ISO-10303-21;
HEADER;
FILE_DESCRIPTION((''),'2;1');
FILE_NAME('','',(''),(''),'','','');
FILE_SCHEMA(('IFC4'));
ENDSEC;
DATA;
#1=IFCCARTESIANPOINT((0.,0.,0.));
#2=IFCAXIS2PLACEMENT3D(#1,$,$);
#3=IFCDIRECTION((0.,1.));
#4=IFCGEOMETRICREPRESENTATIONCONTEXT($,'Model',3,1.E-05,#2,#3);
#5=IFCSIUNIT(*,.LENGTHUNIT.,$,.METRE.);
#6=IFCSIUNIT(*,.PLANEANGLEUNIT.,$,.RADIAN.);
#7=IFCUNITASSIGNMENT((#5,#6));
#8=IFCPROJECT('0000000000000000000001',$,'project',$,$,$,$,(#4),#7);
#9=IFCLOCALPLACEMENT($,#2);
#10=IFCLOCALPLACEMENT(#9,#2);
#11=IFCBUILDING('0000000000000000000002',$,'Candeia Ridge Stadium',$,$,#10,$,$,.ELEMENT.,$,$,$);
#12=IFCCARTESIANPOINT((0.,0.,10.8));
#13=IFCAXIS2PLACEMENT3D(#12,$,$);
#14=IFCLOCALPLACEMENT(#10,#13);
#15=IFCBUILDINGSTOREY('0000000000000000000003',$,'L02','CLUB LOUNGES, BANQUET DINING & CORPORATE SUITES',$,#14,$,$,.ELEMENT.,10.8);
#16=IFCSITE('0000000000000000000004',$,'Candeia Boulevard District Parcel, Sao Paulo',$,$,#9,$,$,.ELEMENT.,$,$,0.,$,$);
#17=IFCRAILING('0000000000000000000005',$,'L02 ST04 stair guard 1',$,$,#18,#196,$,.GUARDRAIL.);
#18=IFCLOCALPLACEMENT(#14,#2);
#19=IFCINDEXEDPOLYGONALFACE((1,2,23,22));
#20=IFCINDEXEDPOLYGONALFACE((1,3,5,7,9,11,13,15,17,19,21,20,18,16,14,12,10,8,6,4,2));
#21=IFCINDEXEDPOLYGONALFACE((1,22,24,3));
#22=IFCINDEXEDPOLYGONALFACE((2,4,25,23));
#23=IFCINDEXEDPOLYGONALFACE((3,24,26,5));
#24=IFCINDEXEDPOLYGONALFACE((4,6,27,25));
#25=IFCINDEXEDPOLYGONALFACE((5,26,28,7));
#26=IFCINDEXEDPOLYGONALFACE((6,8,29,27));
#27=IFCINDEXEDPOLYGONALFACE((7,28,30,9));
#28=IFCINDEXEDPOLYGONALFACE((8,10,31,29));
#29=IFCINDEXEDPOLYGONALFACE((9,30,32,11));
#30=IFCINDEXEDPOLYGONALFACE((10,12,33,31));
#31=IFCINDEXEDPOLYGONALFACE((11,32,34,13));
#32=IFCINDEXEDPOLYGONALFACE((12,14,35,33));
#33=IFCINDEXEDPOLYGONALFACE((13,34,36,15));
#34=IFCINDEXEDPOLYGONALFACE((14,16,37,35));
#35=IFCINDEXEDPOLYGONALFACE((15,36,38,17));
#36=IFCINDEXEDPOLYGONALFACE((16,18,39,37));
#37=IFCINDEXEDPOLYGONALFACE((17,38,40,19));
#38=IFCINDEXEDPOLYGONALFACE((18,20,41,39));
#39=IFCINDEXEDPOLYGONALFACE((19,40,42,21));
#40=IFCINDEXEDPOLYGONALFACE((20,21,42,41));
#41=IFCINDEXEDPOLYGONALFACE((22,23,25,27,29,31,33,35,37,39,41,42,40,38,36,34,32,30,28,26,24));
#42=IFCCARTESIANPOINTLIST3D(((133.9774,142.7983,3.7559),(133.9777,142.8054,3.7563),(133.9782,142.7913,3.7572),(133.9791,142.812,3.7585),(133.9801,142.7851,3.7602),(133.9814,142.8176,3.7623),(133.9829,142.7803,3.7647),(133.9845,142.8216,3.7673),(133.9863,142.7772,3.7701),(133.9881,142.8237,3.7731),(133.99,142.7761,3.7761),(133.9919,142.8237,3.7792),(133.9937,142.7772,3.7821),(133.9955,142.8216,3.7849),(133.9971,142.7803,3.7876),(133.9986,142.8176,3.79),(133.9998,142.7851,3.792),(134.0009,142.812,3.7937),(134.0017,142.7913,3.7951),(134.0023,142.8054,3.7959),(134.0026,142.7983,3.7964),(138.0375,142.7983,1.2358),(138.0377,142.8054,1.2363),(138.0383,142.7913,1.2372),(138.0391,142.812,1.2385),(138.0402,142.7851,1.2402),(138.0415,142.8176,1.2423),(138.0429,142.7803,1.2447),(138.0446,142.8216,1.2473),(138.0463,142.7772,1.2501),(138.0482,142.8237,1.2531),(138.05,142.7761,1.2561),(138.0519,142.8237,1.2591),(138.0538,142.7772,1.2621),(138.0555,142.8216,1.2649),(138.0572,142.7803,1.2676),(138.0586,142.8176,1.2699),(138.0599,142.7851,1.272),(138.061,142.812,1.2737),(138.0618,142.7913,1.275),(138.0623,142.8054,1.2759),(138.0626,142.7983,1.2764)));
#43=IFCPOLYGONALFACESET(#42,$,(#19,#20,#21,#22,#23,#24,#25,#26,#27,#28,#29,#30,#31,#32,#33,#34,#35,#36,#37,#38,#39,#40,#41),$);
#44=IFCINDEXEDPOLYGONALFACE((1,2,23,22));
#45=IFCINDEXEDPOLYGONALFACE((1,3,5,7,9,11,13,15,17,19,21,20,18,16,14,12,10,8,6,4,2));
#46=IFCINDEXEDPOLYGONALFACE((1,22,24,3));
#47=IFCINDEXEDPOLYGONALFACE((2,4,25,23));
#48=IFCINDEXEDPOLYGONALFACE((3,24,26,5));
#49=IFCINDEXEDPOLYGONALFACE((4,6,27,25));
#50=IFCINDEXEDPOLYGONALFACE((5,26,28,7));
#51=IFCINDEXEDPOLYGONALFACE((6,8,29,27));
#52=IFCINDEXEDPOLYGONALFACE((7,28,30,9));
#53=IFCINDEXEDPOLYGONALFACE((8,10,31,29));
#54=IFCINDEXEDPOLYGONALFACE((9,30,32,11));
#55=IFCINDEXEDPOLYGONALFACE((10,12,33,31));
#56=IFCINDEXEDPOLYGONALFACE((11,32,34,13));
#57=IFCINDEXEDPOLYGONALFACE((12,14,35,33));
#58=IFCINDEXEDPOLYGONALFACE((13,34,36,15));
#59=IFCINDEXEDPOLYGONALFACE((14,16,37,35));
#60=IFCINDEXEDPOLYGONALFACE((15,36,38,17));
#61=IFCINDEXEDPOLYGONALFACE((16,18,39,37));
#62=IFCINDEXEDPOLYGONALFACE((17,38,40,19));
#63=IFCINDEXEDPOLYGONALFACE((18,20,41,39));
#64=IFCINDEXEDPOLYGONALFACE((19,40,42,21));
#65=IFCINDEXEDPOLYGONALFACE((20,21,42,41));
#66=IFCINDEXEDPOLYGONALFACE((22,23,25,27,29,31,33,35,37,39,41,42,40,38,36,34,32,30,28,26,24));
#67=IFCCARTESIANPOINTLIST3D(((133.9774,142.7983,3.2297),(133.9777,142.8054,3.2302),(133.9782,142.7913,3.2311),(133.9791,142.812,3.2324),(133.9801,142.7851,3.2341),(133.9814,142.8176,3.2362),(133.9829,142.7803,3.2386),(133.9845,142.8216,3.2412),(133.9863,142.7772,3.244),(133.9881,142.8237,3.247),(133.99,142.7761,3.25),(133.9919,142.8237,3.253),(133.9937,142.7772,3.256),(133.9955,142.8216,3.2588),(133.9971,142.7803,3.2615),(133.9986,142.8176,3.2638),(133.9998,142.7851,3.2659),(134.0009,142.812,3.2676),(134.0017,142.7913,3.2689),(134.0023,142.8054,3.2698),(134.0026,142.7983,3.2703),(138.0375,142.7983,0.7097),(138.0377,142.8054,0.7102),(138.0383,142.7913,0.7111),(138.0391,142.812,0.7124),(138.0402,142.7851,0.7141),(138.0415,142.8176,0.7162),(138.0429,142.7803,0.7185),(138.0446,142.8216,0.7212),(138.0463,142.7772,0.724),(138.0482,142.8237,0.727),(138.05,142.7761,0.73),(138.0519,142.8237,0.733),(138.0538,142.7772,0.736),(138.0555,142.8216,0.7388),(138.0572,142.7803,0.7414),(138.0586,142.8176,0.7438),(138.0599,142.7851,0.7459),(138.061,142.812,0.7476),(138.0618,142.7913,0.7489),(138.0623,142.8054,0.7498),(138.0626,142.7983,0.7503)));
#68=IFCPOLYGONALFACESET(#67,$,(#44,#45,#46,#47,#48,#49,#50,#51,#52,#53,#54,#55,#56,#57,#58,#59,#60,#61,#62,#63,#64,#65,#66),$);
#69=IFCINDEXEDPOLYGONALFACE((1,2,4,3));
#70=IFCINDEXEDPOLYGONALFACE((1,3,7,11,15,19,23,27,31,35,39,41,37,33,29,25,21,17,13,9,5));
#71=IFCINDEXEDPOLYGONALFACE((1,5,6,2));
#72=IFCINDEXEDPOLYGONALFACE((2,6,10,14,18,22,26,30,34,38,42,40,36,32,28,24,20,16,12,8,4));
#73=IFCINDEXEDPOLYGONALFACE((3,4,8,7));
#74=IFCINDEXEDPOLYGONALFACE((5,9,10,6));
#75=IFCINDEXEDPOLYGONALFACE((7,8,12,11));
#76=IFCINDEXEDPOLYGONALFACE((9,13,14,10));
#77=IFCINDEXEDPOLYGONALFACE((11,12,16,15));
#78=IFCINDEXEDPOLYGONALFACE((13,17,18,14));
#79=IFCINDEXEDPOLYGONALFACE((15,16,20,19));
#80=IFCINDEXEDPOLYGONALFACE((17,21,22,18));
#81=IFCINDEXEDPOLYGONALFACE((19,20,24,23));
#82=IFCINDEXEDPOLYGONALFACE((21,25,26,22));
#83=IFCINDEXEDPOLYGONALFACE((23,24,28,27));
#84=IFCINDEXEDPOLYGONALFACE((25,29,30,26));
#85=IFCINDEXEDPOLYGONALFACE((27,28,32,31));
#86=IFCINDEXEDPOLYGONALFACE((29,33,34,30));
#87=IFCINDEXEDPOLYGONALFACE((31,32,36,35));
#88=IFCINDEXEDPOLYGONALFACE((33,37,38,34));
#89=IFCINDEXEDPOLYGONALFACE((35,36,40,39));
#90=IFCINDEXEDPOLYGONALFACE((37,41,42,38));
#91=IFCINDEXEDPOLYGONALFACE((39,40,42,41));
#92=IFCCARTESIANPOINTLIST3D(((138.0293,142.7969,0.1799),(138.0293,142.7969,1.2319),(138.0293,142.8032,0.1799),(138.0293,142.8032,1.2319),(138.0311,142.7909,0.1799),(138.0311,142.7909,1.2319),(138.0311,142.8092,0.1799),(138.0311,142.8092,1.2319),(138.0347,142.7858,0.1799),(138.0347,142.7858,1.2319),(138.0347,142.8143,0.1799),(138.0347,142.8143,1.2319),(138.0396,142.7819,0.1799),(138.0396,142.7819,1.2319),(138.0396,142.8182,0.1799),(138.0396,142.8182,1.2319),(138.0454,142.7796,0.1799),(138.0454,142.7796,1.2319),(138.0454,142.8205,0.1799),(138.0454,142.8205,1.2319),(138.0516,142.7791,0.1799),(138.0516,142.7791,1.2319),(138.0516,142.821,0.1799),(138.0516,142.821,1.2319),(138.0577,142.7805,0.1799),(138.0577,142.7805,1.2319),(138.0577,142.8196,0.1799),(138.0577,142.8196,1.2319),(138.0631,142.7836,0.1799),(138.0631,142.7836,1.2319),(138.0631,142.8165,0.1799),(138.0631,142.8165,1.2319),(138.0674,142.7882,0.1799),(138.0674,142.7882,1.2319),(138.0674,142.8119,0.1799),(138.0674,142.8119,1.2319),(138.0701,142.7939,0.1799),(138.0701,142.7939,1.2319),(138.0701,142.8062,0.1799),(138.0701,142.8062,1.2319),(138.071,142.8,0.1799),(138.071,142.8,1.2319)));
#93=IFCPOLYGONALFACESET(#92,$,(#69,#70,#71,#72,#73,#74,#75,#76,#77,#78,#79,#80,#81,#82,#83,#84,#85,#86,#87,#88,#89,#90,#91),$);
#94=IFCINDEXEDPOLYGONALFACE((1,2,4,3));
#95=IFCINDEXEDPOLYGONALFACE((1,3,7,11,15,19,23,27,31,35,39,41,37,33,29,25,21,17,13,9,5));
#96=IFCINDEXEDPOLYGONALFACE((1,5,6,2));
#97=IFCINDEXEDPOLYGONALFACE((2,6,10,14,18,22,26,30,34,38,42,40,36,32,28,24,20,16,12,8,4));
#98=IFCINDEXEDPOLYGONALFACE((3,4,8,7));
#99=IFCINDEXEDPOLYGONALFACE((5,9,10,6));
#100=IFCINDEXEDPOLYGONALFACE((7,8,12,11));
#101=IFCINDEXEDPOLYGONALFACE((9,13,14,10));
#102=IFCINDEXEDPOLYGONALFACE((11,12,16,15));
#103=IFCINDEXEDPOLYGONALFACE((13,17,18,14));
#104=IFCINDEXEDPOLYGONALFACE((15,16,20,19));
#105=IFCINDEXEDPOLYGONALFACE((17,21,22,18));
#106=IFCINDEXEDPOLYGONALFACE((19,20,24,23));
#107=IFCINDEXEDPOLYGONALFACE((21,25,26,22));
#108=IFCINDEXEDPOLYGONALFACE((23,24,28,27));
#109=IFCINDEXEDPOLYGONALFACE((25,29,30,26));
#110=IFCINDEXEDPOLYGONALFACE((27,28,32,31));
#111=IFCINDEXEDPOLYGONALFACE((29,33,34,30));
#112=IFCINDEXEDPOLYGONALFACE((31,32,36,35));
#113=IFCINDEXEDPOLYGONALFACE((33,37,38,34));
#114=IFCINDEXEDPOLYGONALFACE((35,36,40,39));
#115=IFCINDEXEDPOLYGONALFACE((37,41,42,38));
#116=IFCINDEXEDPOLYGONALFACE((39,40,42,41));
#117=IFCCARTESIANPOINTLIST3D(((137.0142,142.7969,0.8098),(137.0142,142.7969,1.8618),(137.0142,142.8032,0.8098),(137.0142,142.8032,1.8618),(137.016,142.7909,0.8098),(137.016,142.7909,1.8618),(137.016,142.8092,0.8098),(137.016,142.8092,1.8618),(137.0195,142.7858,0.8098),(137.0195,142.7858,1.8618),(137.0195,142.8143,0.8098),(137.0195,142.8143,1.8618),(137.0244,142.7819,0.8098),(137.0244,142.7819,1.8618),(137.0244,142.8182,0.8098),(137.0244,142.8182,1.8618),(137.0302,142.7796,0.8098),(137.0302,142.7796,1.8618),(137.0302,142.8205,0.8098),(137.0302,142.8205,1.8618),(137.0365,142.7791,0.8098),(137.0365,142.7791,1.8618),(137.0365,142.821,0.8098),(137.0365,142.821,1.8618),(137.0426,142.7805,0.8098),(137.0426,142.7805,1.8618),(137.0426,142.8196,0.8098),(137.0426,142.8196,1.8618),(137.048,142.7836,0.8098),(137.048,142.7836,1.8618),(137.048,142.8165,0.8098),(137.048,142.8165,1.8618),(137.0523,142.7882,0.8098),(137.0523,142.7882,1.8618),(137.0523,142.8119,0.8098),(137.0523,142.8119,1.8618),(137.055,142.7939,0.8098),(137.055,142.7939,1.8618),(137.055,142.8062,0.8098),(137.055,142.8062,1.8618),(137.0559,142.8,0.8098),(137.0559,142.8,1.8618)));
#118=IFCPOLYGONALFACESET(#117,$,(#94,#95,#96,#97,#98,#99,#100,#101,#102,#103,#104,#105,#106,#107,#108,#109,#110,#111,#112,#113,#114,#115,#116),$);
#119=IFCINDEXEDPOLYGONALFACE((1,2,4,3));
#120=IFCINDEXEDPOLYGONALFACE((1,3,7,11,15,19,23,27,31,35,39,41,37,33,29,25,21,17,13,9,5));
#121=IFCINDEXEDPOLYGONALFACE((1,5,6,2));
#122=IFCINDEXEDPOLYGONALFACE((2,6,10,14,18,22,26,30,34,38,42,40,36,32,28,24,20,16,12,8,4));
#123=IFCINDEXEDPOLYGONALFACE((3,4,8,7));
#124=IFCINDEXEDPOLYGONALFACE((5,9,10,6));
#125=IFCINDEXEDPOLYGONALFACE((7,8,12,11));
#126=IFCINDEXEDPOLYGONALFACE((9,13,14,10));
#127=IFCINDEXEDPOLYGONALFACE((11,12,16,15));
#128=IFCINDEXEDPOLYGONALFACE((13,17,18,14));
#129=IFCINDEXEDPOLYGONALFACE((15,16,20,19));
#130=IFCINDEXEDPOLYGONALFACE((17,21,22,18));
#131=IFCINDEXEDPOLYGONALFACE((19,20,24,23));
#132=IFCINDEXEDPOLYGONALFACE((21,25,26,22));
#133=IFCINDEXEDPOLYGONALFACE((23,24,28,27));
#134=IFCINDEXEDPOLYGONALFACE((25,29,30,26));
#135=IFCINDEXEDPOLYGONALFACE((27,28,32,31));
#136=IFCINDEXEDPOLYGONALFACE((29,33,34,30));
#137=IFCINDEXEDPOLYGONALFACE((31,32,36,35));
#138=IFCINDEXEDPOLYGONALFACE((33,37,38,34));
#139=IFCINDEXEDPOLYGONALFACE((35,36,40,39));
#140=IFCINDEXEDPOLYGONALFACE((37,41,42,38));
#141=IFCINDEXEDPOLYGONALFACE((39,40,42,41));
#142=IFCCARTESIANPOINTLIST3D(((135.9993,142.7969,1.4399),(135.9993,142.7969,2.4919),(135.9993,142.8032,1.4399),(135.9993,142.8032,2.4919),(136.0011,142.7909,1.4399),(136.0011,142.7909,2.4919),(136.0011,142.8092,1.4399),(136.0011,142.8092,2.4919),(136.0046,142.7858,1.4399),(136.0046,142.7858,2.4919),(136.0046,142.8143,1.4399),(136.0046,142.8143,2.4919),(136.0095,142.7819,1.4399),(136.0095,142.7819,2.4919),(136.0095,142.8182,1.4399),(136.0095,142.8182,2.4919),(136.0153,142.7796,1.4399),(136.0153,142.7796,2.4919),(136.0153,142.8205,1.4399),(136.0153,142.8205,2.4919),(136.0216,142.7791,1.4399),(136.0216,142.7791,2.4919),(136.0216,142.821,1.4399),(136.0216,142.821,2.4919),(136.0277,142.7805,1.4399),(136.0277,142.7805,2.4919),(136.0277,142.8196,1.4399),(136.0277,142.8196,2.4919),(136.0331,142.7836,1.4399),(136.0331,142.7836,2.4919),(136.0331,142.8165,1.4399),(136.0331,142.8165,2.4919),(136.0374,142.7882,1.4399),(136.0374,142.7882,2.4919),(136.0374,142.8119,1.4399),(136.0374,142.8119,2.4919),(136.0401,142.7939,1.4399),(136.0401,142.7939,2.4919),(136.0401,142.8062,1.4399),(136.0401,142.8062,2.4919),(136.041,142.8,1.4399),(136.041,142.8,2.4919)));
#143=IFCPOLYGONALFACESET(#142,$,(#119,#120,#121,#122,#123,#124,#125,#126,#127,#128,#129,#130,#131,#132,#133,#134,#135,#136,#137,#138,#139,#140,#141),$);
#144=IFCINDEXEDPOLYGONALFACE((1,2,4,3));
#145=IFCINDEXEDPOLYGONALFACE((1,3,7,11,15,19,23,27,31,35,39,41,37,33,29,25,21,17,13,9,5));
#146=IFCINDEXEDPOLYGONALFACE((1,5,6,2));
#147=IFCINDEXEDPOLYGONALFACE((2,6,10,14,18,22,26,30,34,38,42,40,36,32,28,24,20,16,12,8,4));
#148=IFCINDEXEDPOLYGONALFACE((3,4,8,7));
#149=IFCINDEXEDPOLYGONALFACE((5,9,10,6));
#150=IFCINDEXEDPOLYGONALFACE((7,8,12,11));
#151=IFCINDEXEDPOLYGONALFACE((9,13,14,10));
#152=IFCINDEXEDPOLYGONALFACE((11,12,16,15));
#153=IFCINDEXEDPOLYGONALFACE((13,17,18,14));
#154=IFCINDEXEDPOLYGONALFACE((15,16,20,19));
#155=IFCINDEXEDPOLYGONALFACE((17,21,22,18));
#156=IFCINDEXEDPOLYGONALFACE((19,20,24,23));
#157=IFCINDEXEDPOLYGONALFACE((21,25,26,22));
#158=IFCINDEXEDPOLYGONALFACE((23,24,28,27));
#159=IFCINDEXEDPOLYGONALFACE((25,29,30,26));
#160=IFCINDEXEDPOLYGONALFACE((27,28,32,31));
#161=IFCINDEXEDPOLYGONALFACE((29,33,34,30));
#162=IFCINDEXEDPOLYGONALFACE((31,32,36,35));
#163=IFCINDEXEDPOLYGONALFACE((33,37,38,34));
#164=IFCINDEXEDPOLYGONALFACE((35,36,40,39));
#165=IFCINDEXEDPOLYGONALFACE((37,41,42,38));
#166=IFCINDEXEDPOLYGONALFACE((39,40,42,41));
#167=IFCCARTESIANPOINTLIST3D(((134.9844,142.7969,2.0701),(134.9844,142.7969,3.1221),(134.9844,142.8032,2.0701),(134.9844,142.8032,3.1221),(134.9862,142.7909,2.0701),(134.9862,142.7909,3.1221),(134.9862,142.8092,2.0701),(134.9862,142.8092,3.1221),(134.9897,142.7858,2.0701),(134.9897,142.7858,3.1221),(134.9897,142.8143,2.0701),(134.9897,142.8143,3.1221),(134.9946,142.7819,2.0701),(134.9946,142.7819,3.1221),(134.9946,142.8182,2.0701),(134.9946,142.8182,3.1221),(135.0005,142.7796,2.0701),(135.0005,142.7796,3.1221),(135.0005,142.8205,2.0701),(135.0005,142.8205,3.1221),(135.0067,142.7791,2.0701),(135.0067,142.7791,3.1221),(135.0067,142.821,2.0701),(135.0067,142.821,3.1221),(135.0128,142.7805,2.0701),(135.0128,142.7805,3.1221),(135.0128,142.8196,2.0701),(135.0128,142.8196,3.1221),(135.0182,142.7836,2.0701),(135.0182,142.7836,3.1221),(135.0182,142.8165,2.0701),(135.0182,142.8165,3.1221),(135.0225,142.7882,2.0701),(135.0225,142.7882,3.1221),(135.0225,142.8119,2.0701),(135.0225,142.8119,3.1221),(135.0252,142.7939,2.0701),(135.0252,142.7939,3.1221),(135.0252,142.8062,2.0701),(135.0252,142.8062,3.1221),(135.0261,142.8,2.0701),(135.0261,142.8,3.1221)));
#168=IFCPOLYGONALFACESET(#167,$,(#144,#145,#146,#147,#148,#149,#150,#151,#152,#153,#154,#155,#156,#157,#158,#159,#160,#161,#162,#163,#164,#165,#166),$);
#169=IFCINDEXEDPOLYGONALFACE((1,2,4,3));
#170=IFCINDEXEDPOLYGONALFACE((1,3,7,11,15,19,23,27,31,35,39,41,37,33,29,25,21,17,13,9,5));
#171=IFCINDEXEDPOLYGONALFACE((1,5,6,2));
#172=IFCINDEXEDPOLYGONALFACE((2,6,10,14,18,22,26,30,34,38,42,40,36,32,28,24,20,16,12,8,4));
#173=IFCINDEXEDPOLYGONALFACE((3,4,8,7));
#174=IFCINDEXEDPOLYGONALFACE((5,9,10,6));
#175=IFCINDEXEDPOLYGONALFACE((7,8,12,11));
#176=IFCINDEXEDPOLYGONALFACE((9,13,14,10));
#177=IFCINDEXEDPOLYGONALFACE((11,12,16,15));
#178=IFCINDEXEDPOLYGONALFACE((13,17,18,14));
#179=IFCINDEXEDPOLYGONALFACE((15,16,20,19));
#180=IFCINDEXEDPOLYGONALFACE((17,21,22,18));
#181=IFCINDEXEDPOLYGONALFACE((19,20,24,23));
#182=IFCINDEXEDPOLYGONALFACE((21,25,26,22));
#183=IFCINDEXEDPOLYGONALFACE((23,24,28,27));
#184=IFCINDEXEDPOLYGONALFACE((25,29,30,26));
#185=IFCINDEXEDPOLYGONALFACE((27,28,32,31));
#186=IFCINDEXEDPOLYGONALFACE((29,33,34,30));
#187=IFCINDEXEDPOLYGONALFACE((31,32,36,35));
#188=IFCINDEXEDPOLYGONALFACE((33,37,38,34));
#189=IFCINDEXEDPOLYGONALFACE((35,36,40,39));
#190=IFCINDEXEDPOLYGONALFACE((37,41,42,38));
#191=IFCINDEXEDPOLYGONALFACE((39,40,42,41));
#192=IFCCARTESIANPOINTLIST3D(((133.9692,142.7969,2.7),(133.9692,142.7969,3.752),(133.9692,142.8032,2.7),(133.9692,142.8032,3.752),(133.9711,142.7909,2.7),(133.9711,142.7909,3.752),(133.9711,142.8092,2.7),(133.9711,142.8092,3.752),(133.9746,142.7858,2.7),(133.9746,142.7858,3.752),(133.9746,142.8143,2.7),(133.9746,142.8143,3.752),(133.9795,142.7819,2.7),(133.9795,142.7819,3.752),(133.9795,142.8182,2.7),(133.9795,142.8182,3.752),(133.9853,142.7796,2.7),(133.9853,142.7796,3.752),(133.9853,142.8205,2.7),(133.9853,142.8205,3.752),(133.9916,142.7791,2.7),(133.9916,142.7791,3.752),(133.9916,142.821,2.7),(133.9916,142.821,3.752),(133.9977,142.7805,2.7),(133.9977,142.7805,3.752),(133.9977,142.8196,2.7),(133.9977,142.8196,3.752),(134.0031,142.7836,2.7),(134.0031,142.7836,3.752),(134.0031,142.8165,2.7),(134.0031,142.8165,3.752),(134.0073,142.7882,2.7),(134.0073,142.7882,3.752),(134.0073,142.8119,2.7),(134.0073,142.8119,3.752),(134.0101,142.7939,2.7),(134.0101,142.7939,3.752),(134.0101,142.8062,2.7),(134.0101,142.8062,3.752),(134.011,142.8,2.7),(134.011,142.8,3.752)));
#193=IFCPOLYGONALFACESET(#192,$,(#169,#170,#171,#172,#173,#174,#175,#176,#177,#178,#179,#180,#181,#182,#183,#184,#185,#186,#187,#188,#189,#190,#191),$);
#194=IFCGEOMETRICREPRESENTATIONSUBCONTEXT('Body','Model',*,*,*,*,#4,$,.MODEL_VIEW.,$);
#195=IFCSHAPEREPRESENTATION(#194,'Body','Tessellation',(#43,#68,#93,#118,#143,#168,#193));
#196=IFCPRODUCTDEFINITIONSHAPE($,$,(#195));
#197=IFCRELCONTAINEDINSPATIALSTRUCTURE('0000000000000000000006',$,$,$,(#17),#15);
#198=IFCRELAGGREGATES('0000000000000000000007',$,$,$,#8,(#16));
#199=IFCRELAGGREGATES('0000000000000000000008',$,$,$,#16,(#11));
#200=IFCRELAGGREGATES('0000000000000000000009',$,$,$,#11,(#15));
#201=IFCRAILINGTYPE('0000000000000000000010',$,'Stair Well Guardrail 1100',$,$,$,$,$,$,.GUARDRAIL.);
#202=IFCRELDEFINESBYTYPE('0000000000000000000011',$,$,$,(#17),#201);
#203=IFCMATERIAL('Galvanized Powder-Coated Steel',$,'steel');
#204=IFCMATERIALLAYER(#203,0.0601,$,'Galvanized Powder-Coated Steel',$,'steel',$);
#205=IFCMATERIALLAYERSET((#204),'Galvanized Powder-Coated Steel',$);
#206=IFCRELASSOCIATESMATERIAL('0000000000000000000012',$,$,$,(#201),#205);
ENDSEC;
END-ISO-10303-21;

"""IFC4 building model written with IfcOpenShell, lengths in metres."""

from ifc_helpers import new_model, si_unit, direction, frame, origin, origin_2d, place, context, subcontext, project, spatial, circle, extrude, material, layer, layer_set, type_object, element, save


model = new_model("IFC4")

# Units and contexts
model_context = context("Model", 3, precision=1e-05, world=origin(), true_north=direction((0.0, 1.0)))
body_context = subcontext(model_context, "Body", "Model", "MODEL_VIEW")
ifc_project = project(units=[si_unit("LENGTHUNIT", "METRE"), si_unit("PLANEANGLEUNIT", "RADIAN")], contexts=[model_context])

# Site, building, storey
site_placement = place(None, origin())
site = spatial("IfcSite", under=ifc_project, at=site_placement, Name="Candeia Boulevard District Parcel, Sao Paulo", CompositionType="ELEMENT", RefElevation=0.0)
building_placement = place(site_placement, origin())
building = spatial("IfcBuilding", under=site, at=building_placement, Name="Candeia Ridge Stadium", CompositionType="ELEMENT")
storey_placement = place(building_placement, frame((0.0, 0.0, 10.8)))
storey = spatial("IfcBuildingStorey", under=building, at=storey_placement, Name="L02", Description="CLUB LOUNGES, BANQUET DINING & CORPORATE SUITES", CompositionType="ELEMENT", Elevation=10.8)

# Railing
ifc_material_1 = material(Name="Galvanized Powder-Coated Steel", Category="steel")
ifc_layer_1 = layer(ifc_material_1, 0.0601, Name="Galvanized Powder-Coated Steel", Category="steel")
ifc_layer_set_1 = layer_set([ifc_layer_1], Name="Galvanized Powder-Coated Steel")
railing_type_1 = type_object("IfcRailingType", Name="Stair Well Guardrail 1100", PredefinedType="GUARDRAIL", material=ifc_layer_set_1)
railing_1_placement = place(storey_placement, frame((138.05, 142.8, 0.1799)))
element("IfcRailing", 1, at=railing_1_placement, inside=storey, type_object=railing_type_1, Name="L02 ST04 stair guard 1", PredefinedType="GUARDRAIL", context=body_context, shape_type="SweptSolid", body=[
    extrude(circle(Radius=0.0239, at=origin_2d()), frame((0.0, 0.0, 1.0762), z_axis=(-0.849642, 0.0, 0.52736), x_axis=(0.0, -1.0, 0.0)), (0.0, 0.0, 1.0), 4.7786),
    extrude(circle(Radius=0.0239, at=origin_2d()), frame((0.0, 0.0, 0.55), z_axis=(-0.849642, 0.0, 0.52736), x_axis=(0.0, -1.0, 0.0)), (0.0, 0.0, 1.0), 4.7786),
    extrude(circle(Radius=0.021, at=origin_2d()), origin(), (0.0, 0.0, 1.0), 1.052),
    extrude(circle(Radius=0.021, at=origin_2d()), frame((-1.0151, 0.0, 0.6299)), (0.0, 0.0, 1.0), 1.052),
    extrude(circle(Radius=0.021, at=origin_2d()), frame((-2.03, 0.0, 1.26)), (0.0, 0.0, 1.0), 1.052),
    extrude(circle(Radius=0.021, at=origin_2d()), frame((-3.0449, 0.0, 1.8901)), (0.0, 0.0, 1.0), 1.052),
    extrude(circle(Radius=0.021, at=origin_2d()), frame((-4.0601, 0.0, 2.52)), (0.0, 0.0, 1.0), 1.052),
])

save(model, "model.ifc")
